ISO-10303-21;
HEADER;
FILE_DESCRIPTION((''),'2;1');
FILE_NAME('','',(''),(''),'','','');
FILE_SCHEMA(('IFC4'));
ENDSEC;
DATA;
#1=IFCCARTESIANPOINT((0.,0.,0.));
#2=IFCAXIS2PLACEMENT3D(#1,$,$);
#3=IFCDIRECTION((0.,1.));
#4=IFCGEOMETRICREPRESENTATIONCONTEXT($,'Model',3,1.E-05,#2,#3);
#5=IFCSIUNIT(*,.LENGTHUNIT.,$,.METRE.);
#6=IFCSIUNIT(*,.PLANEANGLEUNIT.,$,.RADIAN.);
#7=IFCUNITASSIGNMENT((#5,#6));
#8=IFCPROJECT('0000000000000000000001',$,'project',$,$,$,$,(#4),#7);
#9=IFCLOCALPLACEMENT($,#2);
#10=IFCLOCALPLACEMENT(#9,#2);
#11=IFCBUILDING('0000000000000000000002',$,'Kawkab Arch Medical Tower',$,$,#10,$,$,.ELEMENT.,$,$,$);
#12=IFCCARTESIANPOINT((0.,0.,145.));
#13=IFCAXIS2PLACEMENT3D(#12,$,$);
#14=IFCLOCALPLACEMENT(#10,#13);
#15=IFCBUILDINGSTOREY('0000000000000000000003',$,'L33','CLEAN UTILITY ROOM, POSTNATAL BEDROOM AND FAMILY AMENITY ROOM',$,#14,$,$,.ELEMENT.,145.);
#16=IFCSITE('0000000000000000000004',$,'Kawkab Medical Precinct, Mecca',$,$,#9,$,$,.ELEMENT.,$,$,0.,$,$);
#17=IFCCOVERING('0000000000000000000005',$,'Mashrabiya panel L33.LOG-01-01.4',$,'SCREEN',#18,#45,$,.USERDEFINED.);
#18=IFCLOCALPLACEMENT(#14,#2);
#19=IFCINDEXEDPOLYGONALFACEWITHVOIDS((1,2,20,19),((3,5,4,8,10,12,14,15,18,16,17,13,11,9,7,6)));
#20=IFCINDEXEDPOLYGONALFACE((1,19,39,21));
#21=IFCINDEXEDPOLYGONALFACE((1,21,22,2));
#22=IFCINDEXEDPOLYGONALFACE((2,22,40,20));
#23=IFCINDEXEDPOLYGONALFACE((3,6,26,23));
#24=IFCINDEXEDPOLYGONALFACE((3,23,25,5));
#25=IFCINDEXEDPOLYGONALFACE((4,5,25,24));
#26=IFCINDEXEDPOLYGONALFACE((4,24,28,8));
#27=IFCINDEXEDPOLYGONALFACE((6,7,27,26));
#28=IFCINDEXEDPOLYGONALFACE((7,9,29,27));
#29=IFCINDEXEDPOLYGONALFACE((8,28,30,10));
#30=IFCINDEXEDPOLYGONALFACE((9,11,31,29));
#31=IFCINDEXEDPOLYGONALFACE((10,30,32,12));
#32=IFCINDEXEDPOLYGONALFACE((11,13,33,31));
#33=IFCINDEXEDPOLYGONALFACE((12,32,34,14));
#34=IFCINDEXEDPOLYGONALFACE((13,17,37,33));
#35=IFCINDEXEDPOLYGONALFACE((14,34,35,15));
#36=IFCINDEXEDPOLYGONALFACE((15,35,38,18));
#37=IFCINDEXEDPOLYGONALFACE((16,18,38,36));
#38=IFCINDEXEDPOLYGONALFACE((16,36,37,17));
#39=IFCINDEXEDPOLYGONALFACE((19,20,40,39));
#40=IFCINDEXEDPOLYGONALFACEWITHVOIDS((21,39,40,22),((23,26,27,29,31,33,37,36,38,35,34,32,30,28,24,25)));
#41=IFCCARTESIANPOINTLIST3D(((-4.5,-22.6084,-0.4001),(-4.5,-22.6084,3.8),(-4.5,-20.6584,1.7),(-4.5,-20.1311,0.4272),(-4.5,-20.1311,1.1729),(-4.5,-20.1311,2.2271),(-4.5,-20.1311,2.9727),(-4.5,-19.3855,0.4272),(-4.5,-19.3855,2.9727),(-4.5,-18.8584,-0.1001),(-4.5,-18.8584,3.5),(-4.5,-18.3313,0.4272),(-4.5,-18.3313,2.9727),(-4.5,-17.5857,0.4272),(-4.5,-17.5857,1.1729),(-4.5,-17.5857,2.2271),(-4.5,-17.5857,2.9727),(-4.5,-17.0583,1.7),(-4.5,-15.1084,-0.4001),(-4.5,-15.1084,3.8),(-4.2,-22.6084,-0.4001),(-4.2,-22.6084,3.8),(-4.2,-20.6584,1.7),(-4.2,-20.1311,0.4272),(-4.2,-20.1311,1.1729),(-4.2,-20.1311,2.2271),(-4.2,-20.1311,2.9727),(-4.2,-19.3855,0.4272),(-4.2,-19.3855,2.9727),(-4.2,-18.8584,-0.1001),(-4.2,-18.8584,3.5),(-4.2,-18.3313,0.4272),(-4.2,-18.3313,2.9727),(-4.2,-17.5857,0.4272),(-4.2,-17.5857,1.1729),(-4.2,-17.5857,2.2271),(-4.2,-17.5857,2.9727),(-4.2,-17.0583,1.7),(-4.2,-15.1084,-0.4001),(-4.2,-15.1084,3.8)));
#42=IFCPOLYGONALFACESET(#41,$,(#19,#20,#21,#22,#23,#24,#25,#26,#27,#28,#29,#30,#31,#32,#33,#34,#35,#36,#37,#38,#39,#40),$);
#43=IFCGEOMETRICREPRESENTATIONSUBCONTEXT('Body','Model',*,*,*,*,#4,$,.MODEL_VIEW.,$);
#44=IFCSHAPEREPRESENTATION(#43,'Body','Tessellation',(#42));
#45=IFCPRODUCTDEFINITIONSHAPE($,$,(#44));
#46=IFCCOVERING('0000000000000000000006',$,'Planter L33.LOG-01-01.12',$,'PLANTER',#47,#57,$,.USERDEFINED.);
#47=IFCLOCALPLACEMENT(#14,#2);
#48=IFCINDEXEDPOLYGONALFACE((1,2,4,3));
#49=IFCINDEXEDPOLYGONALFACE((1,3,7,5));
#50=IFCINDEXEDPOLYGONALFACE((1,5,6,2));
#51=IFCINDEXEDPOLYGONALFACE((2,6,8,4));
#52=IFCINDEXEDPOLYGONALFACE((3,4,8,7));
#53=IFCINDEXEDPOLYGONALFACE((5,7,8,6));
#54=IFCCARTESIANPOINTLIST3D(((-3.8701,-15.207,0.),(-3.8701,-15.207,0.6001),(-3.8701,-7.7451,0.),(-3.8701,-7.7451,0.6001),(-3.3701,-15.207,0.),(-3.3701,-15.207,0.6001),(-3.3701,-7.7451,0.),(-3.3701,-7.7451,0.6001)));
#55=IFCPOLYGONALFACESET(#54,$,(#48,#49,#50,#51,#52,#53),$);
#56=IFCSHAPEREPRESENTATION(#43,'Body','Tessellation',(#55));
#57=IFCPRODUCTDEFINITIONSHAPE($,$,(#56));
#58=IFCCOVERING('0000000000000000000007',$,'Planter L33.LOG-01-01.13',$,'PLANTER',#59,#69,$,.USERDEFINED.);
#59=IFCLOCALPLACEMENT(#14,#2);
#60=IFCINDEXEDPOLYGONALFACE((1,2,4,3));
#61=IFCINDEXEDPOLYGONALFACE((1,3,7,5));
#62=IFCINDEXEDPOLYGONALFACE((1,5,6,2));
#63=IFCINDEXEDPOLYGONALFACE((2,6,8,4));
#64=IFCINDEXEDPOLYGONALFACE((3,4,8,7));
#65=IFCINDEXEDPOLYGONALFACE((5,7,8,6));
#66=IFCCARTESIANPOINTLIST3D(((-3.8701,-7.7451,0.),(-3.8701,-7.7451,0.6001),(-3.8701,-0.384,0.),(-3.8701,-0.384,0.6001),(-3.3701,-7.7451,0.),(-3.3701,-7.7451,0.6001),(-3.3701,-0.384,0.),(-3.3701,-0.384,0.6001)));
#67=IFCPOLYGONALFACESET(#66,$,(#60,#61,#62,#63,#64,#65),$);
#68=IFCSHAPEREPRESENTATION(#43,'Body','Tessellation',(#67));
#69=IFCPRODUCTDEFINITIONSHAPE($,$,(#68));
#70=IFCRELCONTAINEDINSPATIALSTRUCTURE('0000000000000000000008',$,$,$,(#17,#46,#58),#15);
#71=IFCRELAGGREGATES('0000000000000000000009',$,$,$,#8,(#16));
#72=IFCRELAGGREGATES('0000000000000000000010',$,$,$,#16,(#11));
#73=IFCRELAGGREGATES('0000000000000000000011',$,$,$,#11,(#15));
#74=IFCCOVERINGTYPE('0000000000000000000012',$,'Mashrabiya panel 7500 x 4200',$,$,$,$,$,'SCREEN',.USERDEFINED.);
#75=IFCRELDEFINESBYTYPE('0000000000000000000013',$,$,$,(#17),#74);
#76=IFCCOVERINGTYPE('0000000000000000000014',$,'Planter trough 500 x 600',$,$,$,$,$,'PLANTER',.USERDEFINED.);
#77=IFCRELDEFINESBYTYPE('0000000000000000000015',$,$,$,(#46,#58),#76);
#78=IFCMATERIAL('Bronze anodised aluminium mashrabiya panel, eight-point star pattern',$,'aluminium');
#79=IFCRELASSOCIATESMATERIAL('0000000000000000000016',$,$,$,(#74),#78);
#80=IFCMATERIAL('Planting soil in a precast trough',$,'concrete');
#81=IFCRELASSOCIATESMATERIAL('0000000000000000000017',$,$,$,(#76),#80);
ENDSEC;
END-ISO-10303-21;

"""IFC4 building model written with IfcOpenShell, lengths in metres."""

from ifc_helpers import new_model, si_unit, direction, frame, origin, origin_2d, place, context, subcontext, project, spatial, polyline, rectangle, outline, extrude, material, material_profile, profile_set, type_object, element, save


model = new_model("IFC4")

# Units and contexts
model_context = context("Model", 3, precision=1e-05, world=origin(), true_north=direction((0.0, 1.0)))
body_context = subcontext(model_context, "Body", "Model", "MODEL_VIEW")
ifc_project = project(units=[si_unit("LENGTHUNIT", "METRE"), si_unit("PLANEANGLEUNIT", "RADIAN")], contexts=[model_context])

# Site, building, storey
site_placement = place(None, origin())
site = spatial("IfcSite", under=ifc_project, at=site_placement, Name="Kawkab Medical Precinct, Mecca", CompositionType="ELEMENT", RefElevation=0.0)
building_placement = place(site_placement, origin())
building = spatial("IfcBuilding", under=site, at=building_placement, Name="Kawkab Arch Medical Tower", CompositionType="ELEMENT")
storey_placement = place(building_placement, frame((0.0, 0.0, 145.0)))
storey = spatial("IfcBuildingStorey", under=building, at=storey_placement, Name="L33", Description="CLEAN UTILITY ROOM, POSTNATAL BEDROOM AND FAMILY AMENITY ROOM", CompositionType="ELEMENT", Elevation=145.0)

# Coverings
ifc_material_1 = material(Name="Bronze anodised aluminium mashrabiya panel, eight-point star pattern", Category="aluminium")
ifc_material_profile_1 = material_profile(ifc_material_1, outline(polyline([(-3.75, -2.1001), (3.75, -2.1001), (3.75, 2.1001), (-3.75, 2.1001), (-3.75, -2.1001)]), holes=[polyline([(1.8, 0.0), (1.2727, 0.5271), (1.2727, 1.2727), (0.5271, 1.2727), (0.0, 1.8), (-0.5271, 1.2727), (-1.2727, 1.2727), (-1.2727, 0.5271), (-1.8, 0.0), (-1.2727, -0.5271), (-1.2727, -1.2727), (-0.5271, -1.2727), (0.0, -1.8), (0.5271, -1.2727), (1.2727, -1.2727), (1.2727, -0.5271), (1.8, 0.0)])]), Name="Mashrabiya panel 7500x4200")
ifc_profile_set_1 = profile_set([ifc_material_profile_1], Name="Bronze anodised aluminium mashrabiya panel, eight-point star pattern")
covering_type_1 = type_object("IfcCoveringType", Name="Mashrabiya panel 7500 x 4200", ElementType="SCREEN", PredefinedType="USERDEFINED", material=ifc_profile_set_1)
covering_1_placement = place(storey_placement, frame((-4.2, -18.8584, 1.7), z_axis=(-1.0, 0.0, 0.0), x_axis=(0.0, -1.0, 0.0)))
element("IfcCovering", 1, at=covering_1_placement, inside=storey, type_object=covering_type_1, Name="Mashrabiya panel L33.LOG-01-01.4", ObjectType="SCREEN", PredefinedType="USERDEFINED", context=body_context, shape_type="SweptSolid", body=[
    extrude(outline(polyline([(-3.75, -2.1001), (3.75, -2.1001), (3.75, 2.1001), (-3.75, 2.1001), (-3.75, -2.1001)]), holes=[polyline([(1.8, 0.0), (1.2727, 0.5271), (1.2727, 1.2727), (0.5271, 1.2727), (0.0, 1.8), (-0.5271, 1.2727), (-1.2727, 1.2727), (-1.2727, 0.5271), (-1.8, 0.0), (-1.2727, -0.5271), (-1.2727, -1.2727), (-0.5271, -1.2727), (0.0, -1.8), (0.5271, -1.2727), (1.2727, -1.2727), (1.2727, -0.5271), (1.8, 0.0)])]), origin(), (0.0, 0.0, 1.0), 0.3),
])
ifc_material_2 = material(Name="Planting soil in a precast trough", Category="concrete")
ifc_material_profile_2 = material_profile(ifc_material_2, rectangle(XDim=0.5, YDim=0.6001, at=origin_2d()), Name="Trough 500x600")
ifc_profile_set_2 = profile_set([ifc_material_profile_2], Name="Planting soil in a precast trough")
covering_type_2 = type_object("IfcCoveringType", Name="Planter trough 500 x 600", ElementType="PLANTER", PredefinedType="USERDEFINED", material=ifc_profile_set_2)
covering_2_placement = place(storey_placement, frame((-3.6201, -15.207, 0.3), z_axis=(0.0, 1.0, 0.0), x_axis=(-1.0, 0.0, 0.0)))
element("IfcCovering", 2, at=covering_2_placement, inside=storey, type_object=covering_type_2, Name="Planter L33.LOG-01-01.12", ObjectType="PLANTER", PredefinedType="USERDEFINED", context=body_context, shape_type="SweptSolid", body=[
    extrude(rectangle(XDim=0.5, YDim=0.6001, at=origin_2d()), origin(), (0.0, 0.0, 1.0), 7.4619),
])
covering_3_placement = place(storey_placement, frame((-3.6201, -7.7451, 0.3), z_axis=(0.0, 1.0, 0.0), x_axis=(-1.0, 0.0, 0.0)))
element("IfcCovering", 3, at=covering_3_placement, inside=storey, type_object=covering_type_2, Name="Planter L33.LOG-01-01.13", ObjectType="PLANTER", PredefinedType="USERDEFINED", context=body_context, shape_type="SweptSolid", body=[
    extrude(rectangle(XDim=0.5, YDim=0.6001, at=origin_2d()), origin(), (0.0, 0.0, 1.0), 7.3611),
])

save(model, "model.ifc")
